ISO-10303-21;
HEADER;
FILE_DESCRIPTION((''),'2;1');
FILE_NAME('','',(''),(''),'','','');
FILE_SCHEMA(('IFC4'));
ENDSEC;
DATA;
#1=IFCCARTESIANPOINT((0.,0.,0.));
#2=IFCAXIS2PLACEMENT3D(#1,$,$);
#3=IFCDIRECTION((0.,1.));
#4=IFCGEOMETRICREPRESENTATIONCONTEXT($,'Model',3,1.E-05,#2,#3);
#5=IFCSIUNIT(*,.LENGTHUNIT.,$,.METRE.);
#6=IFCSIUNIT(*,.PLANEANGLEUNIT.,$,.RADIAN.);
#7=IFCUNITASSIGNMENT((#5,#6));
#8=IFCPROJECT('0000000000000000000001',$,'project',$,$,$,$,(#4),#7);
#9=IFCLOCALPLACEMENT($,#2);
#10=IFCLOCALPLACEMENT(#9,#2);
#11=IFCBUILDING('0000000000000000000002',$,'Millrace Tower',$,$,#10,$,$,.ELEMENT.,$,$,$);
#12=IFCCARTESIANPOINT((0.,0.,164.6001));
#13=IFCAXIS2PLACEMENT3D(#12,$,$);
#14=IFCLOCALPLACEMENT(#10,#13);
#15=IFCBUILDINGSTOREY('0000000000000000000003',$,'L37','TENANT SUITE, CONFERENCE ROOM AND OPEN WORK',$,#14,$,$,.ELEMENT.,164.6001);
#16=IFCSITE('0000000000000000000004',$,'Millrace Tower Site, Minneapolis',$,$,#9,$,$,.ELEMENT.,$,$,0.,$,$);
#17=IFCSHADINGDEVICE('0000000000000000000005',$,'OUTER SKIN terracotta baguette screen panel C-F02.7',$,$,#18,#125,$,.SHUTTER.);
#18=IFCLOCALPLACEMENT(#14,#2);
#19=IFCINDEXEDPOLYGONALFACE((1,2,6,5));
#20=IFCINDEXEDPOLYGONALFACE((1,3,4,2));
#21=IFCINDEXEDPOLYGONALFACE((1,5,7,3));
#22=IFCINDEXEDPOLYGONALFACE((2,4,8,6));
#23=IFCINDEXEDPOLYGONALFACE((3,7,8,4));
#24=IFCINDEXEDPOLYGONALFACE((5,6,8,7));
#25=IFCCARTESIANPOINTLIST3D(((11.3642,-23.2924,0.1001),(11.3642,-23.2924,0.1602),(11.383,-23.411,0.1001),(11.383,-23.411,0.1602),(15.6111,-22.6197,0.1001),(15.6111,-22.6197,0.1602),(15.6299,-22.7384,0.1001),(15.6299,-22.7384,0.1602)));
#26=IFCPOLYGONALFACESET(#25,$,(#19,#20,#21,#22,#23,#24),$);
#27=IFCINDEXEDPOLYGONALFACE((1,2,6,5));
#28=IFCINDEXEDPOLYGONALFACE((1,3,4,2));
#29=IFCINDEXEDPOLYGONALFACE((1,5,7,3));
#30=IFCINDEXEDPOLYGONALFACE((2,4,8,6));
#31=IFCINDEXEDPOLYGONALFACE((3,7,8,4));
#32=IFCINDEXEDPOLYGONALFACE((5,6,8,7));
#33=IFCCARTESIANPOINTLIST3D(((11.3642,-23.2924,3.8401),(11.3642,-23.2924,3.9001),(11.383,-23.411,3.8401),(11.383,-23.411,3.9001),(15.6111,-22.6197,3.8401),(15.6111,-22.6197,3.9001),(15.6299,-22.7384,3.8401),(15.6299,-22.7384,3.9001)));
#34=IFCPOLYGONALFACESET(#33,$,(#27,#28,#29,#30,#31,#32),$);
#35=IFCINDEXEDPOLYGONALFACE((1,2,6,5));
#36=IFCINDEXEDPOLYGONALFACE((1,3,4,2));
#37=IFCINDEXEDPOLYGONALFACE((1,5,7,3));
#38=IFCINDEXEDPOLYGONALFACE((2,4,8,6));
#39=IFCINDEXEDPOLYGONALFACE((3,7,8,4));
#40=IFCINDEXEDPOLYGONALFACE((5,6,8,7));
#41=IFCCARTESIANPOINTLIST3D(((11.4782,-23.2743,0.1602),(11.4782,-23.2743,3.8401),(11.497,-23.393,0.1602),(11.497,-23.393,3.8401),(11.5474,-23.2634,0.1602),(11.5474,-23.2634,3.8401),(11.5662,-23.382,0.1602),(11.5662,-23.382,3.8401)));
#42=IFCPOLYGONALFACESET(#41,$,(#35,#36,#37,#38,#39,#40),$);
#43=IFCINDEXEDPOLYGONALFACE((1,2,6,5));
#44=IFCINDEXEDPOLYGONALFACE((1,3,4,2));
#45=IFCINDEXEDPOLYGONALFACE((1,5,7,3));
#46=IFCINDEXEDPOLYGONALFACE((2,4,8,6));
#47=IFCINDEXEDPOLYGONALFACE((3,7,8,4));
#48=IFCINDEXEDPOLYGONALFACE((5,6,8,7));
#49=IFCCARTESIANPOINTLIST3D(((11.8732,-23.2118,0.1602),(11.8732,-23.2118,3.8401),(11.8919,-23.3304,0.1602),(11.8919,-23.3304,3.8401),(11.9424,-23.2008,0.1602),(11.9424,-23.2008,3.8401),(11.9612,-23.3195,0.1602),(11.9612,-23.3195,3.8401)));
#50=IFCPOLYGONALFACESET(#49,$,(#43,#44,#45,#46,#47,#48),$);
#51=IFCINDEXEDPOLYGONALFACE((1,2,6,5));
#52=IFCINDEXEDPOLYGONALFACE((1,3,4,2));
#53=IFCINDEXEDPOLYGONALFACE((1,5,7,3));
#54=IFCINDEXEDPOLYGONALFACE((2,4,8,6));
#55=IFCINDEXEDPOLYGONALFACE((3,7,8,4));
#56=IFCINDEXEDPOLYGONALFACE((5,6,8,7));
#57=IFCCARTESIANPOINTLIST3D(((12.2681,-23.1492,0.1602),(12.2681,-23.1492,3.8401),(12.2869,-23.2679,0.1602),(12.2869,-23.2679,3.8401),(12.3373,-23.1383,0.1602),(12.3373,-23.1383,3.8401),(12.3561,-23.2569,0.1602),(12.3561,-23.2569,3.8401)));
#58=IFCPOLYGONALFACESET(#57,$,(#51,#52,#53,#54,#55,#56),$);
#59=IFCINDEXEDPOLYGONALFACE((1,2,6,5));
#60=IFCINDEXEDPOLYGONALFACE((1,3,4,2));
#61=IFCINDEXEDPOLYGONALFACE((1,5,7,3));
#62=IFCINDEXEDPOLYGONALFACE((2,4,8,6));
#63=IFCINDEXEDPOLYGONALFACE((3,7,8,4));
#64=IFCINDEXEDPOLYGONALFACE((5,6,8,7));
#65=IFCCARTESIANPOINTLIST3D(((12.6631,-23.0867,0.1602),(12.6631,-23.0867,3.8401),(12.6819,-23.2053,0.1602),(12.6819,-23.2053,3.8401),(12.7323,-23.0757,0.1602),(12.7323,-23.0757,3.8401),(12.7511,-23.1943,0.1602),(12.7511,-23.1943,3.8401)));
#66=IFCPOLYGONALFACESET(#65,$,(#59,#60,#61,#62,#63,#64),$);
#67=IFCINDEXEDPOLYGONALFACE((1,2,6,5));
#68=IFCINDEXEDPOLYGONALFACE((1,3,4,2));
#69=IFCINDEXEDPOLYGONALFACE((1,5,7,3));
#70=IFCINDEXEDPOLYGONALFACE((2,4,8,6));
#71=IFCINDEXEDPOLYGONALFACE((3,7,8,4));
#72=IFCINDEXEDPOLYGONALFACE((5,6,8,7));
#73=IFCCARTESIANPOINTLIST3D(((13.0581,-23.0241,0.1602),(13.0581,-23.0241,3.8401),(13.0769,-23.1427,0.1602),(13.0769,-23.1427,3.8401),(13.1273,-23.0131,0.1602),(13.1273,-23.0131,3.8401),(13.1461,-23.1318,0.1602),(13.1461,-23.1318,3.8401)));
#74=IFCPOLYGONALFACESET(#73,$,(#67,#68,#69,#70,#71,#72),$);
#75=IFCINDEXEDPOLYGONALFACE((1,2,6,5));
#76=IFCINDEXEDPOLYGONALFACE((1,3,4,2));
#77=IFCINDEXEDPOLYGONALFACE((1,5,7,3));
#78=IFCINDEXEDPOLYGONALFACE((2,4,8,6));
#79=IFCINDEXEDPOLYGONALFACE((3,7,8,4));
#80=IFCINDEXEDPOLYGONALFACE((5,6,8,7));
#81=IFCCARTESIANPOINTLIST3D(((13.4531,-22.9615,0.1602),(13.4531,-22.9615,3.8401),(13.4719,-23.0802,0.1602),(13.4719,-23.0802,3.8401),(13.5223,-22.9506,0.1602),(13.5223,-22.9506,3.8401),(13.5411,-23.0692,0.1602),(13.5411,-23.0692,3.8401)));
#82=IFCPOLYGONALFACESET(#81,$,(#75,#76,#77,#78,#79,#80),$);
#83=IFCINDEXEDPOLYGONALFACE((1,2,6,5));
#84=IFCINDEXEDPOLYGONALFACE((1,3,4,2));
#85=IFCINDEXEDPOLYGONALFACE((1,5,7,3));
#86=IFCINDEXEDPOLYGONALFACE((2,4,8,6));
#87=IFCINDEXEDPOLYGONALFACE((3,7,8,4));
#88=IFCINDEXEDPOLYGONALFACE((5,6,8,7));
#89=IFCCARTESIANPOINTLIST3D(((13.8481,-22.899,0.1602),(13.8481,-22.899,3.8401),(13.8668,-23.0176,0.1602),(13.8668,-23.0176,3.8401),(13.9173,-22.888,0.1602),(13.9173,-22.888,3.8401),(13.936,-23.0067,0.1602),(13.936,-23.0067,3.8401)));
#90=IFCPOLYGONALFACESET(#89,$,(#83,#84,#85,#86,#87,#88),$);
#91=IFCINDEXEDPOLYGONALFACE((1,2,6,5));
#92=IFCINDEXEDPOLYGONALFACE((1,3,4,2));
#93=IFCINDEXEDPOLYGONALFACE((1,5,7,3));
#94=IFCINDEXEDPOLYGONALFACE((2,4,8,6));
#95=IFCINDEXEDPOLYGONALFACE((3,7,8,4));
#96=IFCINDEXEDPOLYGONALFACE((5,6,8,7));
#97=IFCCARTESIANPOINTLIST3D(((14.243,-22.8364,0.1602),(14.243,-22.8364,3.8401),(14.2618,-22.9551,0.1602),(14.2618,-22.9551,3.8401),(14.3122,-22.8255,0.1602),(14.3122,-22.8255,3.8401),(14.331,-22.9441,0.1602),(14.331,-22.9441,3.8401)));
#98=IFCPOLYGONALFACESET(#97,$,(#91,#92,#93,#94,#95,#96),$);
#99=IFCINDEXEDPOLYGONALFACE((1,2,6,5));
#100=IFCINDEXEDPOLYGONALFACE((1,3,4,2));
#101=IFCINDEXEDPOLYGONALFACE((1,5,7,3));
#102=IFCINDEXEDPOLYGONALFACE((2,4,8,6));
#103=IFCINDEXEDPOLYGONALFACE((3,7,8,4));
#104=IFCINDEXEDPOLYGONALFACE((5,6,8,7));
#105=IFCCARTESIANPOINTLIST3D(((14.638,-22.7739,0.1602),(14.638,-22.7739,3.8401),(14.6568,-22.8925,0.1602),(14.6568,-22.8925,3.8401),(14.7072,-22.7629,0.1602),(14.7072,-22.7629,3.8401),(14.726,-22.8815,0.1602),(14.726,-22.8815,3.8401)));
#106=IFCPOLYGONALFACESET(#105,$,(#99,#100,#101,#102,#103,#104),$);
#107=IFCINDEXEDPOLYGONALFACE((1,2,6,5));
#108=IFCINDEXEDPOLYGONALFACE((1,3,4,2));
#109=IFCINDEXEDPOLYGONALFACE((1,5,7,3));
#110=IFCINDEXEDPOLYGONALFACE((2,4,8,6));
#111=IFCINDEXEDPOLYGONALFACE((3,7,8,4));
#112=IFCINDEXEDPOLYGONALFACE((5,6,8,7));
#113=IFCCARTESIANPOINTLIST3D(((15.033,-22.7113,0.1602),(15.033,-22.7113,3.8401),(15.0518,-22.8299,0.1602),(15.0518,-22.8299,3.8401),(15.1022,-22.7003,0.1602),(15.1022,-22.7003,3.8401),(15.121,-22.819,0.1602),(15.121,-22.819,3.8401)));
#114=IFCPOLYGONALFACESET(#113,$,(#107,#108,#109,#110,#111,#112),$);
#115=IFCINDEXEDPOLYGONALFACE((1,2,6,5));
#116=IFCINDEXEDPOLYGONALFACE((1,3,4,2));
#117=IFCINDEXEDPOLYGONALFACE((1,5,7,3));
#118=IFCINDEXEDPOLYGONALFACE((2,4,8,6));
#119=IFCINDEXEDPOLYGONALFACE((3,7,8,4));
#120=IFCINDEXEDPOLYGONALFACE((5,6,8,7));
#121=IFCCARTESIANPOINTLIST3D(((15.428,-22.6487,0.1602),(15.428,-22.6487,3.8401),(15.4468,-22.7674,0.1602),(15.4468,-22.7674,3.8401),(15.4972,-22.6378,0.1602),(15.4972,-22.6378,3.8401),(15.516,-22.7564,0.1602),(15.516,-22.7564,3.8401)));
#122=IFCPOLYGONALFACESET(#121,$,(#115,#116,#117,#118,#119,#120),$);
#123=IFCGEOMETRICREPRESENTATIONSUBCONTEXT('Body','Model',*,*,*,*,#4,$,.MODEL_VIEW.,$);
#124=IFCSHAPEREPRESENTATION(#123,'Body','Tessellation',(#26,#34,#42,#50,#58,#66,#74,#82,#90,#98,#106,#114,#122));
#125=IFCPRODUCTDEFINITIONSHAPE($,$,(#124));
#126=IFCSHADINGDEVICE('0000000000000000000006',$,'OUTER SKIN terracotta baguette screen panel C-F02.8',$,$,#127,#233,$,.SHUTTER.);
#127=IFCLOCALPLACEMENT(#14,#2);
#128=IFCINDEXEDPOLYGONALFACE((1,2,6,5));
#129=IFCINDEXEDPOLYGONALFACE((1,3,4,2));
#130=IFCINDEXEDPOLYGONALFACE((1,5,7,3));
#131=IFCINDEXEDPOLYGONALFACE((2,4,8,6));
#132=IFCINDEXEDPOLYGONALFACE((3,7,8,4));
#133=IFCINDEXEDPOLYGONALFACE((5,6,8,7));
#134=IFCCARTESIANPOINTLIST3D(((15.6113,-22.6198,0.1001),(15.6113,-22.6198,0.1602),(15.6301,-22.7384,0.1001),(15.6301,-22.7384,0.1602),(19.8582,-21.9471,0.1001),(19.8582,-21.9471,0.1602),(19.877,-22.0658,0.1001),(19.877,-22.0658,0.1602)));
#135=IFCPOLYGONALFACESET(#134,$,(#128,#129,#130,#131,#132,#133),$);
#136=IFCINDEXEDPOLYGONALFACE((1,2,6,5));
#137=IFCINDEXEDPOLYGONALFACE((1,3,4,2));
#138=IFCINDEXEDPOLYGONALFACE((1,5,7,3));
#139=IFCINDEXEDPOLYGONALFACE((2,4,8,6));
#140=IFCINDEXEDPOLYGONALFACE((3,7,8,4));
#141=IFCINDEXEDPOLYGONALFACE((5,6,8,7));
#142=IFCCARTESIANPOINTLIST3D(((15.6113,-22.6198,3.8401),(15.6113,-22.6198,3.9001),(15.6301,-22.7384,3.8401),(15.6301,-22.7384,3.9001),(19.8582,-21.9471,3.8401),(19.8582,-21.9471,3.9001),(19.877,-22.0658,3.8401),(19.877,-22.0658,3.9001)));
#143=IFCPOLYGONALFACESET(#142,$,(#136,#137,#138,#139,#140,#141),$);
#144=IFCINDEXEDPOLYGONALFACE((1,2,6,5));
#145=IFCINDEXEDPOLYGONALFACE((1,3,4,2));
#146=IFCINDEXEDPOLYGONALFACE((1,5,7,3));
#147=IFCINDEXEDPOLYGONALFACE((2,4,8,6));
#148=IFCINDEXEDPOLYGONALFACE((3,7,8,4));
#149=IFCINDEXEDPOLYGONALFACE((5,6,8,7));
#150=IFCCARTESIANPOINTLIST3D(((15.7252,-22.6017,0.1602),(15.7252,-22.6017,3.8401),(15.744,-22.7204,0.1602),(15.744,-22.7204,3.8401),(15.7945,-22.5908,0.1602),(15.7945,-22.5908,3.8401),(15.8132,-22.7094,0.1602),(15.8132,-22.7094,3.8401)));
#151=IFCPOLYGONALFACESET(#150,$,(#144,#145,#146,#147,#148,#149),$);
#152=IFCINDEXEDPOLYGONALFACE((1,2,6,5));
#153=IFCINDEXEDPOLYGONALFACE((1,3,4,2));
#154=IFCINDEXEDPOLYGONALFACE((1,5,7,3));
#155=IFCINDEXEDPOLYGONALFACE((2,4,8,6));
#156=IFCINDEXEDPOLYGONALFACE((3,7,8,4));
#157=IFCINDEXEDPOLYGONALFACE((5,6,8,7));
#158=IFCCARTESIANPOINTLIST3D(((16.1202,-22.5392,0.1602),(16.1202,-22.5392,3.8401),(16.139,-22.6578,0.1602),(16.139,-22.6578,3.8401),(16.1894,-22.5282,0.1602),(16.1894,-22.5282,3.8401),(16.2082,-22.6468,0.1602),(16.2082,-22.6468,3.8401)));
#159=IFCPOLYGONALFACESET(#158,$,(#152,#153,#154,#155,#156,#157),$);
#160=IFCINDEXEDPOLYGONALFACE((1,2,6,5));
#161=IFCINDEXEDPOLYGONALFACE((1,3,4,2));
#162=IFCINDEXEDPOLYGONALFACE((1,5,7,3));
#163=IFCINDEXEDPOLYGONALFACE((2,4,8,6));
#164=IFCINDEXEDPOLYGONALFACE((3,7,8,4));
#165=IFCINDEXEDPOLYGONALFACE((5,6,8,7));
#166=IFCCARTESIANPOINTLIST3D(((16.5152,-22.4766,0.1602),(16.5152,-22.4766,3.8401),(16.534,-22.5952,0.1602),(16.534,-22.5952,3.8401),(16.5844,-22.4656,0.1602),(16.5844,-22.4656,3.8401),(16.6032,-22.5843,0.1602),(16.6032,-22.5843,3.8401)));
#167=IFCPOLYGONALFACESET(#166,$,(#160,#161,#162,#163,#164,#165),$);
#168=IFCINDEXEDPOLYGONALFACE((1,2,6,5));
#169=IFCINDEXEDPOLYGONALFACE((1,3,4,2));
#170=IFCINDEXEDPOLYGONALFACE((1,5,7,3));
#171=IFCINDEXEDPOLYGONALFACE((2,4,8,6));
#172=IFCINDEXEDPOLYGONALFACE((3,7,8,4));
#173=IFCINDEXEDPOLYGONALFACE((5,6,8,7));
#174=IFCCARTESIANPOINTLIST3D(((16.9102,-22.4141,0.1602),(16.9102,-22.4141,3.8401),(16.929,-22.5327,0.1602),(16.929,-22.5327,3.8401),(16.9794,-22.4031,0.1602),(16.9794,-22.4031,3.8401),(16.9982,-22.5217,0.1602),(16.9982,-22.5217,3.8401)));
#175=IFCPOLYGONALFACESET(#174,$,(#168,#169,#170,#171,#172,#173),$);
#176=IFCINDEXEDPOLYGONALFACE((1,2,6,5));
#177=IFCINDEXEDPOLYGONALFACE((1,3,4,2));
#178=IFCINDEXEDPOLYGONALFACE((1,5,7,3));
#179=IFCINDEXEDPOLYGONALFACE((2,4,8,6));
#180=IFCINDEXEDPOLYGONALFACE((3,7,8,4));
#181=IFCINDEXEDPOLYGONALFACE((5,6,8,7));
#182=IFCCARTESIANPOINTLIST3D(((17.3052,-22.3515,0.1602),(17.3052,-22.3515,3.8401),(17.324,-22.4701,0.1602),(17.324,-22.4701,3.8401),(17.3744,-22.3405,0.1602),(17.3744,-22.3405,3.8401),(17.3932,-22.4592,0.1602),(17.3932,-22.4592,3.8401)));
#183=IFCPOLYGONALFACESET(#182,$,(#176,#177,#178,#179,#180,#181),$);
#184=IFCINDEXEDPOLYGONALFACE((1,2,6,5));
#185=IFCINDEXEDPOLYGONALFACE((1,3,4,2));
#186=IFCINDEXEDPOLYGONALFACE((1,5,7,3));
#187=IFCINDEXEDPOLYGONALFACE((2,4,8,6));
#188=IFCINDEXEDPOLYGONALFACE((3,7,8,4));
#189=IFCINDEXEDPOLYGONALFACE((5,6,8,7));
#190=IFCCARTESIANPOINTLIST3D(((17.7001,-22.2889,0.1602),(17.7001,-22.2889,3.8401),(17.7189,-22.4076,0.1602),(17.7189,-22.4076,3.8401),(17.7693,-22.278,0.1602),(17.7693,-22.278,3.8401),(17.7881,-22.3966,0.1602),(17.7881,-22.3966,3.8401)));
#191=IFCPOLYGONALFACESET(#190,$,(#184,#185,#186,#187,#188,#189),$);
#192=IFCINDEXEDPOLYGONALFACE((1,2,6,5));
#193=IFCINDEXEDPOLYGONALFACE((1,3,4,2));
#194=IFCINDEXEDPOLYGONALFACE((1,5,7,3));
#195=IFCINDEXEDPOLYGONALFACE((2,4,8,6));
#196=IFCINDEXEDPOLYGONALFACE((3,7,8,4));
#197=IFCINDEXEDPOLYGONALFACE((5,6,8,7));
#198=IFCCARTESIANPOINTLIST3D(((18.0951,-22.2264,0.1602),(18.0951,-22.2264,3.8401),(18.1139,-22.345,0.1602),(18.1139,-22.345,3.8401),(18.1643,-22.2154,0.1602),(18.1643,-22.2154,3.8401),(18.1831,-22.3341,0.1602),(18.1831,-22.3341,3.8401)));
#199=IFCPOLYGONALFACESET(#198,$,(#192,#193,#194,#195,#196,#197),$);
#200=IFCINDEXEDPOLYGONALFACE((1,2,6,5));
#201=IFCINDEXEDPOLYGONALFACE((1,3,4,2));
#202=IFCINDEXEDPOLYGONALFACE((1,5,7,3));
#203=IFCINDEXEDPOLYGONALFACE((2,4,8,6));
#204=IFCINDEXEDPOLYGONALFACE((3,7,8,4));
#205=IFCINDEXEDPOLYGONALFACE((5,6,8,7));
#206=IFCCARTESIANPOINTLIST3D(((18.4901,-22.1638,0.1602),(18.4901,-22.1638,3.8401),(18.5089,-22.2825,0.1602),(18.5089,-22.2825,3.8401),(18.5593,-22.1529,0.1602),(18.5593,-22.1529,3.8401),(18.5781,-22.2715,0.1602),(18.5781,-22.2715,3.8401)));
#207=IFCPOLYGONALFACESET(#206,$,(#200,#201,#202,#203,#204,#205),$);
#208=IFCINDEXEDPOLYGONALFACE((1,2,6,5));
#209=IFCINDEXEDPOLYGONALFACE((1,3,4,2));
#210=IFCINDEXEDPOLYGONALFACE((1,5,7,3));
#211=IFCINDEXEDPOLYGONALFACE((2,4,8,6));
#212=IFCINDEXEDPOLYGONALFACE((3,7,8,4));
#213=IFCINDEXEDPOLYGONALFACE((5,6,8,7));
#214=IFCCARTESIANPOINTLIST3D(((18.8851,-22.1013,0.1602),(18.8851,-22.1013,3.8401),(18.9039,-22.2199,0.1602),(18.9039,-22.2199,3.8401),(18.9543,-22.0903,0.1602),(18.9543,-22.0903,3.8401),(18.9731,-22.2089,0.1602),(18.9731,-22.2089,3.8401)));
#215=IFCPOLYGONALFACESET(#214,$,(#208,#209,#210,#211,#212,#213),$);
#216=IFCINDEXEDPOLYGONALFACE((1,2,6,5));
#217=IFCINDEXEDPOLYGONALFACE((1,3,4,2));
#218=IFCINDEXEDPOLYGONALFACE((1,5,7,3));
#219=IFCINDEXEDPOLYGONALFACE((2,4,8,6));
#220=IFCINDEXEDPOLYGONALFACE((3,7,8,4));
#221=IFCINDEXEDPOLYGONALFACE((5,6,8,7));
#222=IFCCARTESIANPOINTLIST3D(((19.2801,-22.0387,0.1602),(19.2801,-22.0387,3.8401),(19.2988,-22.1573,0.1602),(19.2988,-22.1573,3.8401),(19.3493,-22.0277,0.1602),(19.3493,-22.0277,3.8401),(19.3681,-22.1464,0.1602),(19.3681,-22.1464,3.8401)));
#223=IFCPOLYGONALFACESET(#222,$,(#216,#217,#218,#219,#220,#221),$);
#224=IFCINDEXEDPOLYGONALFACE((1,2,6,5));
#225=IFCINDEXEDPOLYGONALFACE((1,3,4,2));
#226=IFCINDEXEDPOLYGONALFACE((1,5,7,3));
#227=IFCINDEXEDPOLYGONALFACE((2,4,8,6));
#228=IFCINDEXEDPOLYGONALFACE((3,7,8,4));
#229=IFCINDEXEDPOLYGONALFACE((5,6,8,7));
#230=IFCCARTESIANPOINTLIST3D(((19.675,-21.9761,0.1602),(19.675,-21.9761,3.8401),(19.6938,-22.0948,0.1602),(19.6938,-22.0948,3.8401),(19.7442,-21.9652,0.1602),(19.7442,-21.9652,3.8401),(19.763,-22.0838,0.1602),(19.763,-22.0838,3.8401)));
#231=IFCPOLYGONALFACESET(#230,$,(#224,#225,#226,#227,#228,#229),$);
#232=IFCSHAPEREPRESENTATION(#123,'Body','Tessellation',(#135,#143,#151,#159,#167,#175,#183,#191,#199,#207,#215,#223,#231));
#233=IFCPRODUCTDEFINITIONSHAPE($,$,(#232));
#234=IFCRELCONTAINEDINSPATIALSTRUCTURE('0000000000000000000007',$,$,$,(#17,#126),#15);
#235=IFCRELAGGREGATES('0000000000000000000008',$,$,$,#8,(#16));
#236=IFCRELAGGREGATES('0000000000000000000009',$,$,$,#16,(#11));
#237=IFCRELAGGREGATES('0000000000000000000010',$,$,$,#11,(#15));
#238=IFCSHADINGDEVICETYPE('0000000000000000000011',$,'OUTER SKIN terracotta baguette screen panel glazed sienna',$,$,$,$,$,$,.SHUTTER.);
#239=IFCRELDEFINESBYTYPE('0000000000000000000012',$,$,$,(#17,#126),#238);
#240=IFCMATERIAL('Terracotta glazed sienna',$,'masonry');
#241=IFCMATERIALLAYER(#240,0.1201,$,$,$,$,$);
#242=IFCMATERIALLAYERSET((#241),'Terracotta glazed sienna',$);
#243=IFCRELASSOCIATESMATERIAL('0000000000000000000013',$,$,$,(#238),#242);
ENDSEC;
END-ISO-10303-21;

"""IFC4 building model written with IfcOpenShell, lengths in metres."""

from ifc_helpers import new_model, entity, si_unit, direction, frame, frame_2d, origin, origin_2d, place, context, subcontext, project, spatial, rectangle, extrude, source, transform, mapped, material, layer, layer_set, type_object, element, save


model = new_model("IFC4")

# Units and contexts
model_context = context("Model", 3, precision=1e-05, world=origin(), true_north=direction((0.0, 1.0)))
body_context = subcontext(model_context, "Body", "Model", "MODEL_VIEW")
ifc_project = project(units=[si_unit("LENGTHUNIT", "METRE"), si_unit("PLANEANGLEUNIT", "RADIAN")], contexts=[model_context])

# Site, building, storey
site_placement = place(None, origin())
site = spatial("IfcSite", under=ifc_project, at=site_placement, Name="Millrace Tower Site, Minneapolis", CompositionType="ELEMENT", RefElevation=0.0)
building_placement = place(site_placement, origin())
building = spatial("IfcBuilding", under=site, at=building_placement, Name="Millrace Tower", CompositionType="ELEMENT")
storey_placement = place(building_placement, frame((0.0, 0.0, 164.6001)))
storey = spatial("IfcBuildingStorey", under=building, at=storey_placement, Name="L37", Description="TENANT SUITE, CONFERENCE ROOM AND OPEN WORK", CompositionType="ELEMENT", Elevation=164.6001)

# Shading devices
ifc_material_1 = material(Name="Terracotta glazed sienna", Category="masonry")
ifc_layer_1 = layer(ifc_material_1, 0.1201)
ifc_layer_set_1 = layer_set([ifc_layer_1], Name="Terracotta glazed sienna")
shading_device_type = type_object("IfcShadingDeviceType", Name="OUTER SKIN terracotta baguette screen panel glazed sienna", PredefinedType="SHUTTER", material=ifc_layer_set_1)
cartesian_point_1 = entity("IfcCartesianPoint", [-2.1499, 0.0601])
shared_polyline_1 = entity("IfcPolyline", [cartesian_point_1, entity("IfcCartesianPoint", [2.1499, 0.0601]), entity("IfcCartesianPoint", [2.1499, -0.0601]), entity("IfcCartesianPoint", [-2.1499, -0.0601]), cartesian_point_1])
shared_shape_1 = source(origin(), body_context, "Body", "SweptSolid", [
    entity("IfcExtrudedAreaSolid", entity("IfcArbitraryClosedProfileDef", "AREA", None, shared_polyline_1), entity("IfcAxis2Placement3D", entity("IfcCartesianPoint", [0.0, 0.0, 0.0])), entity("IfcDirection", [0.0, 0.0, 1.0]), 0.0601),
    entity("IfcExtrudedAreaSolid", entity("IfcArbitraryClosedProfileDef", "AREA", None, shared_polyline_1), entity("IfcAxis2Placement3D", entity("IfcCartesianPoint", [0.0, 0.0, 3.74])), entity("IfcDirection", [0.0, 0.0, 1.0]), 0.0601),
    extrude(rectangle(XDim=0.0701, YDim=0.1201, at=frame_2d((-1.9995, 0.0))), frame((0.0, 0.0, 0.0601)), (0.0, 0.0, 1.0), 3.6799),
    extrude(rectangle(XDim=0.0701, YDim=0.1201, at=frame_2d((-1.5996, 0.0))), frame((0.0, 0.0, 0.0601)), (0.0, 0.0, 1.0), 3.6799),
    extrude(rectangle(XDim=0.0701, YDim=0.1201, at=frame_2d((-1.1997, 0.0))), frame((0.0, 0.0, 0.0601)), (0.0, 0.0, 1.0), 3.6799),
    extrude(rectangle(XDim=0.0701, YDim=0.1201, at=frame_2d((-0.7998, 0.0))), frame((0.0, 0.0, 0.0601)), (0.0, 0.0, 1.0), 3.6799),
    extrude(rectangle(XDim=0.0701, YDim=0.1201, at=frame_2d((-0.3999, 0.0))), frame((0.0, 0.0, 0.0601)), (0.0, 0.0, 1.0), 3.6799),
    extrude(rectangle(XDim=0.0701, YDim=0.1201, at=origin_2d()), frame((0.0, 0.0, 0.0601)), (0.0, 0.0, 1.0), 3.6799),
    extrude(rectangle(XDim=0.0701, YDim=0.1201, at=frame_2d((0.3999, 0.0))), frame((0.0, 0.0, 0.0601)), (0.0, 0.0, 1.0), 3.6799),
    extrude(rectangle(XDim=0.0701, YDim=0.1201, at=frame_2d((0.7998, 0.0))), frame((0.0, 0.0, 0.0601)), (0.0, 0.0, 1.0), 3.6799),
    extrude(rectangle(XDim=0.0701, YDim=0.1201, at=frame_2d((1.1997, 0.0))), frame((0.0, 0.0, 0.0601)), (0.0, 0.0, 1.0), 3.6799),
    extrude(rectangle(XDim=0.0701, YDim=0.1201, at=frame_2d((1.5996, 0.0))), frame((0.0, 0.0, 0.0601)), (0.0, 0.0, 1.0), 3.6799),
    extrude(rectangle(XDim=0.0701, YDim=0.1201, at=frame_2d((1.9995, 0.0))), frame((0.0, 0.0, 0.0601)), (0.0, 0.0, 1.0), 3.6799),
])
for number, where, z_axis, x_axis, name in (
    (1, (13.4971, -23.0154, 0.1001), (0.0, 0.0, 1.0), (0.987688, 0.156434, 0.0), "OUTER SKIN terracotta baguette screen panel C-F02.7"),
    (2, (17.7441, -22.3428, 0.1001), (0.0, 0.0, 1.0), (0.987688, 0.156434, 0.0), "OUTER SKIN terracotta baguette screen panel C-F02.8"),
):
    element("IfcShadingDevice", number, at=place(storey_placement, frame(where, z_axis=z_axis, x_axis=x_axis)), inside=storey, type_object=shading_device_type, Name=name, PredefinedType="SHUTTER", context=body_context, shape_type="MappedRepresentation", body=[
        mapped(shared_shape_1, transform((0.0, 0.0, 0.0), scale=1.0)),
    ])

save(model, "model.ifc")
